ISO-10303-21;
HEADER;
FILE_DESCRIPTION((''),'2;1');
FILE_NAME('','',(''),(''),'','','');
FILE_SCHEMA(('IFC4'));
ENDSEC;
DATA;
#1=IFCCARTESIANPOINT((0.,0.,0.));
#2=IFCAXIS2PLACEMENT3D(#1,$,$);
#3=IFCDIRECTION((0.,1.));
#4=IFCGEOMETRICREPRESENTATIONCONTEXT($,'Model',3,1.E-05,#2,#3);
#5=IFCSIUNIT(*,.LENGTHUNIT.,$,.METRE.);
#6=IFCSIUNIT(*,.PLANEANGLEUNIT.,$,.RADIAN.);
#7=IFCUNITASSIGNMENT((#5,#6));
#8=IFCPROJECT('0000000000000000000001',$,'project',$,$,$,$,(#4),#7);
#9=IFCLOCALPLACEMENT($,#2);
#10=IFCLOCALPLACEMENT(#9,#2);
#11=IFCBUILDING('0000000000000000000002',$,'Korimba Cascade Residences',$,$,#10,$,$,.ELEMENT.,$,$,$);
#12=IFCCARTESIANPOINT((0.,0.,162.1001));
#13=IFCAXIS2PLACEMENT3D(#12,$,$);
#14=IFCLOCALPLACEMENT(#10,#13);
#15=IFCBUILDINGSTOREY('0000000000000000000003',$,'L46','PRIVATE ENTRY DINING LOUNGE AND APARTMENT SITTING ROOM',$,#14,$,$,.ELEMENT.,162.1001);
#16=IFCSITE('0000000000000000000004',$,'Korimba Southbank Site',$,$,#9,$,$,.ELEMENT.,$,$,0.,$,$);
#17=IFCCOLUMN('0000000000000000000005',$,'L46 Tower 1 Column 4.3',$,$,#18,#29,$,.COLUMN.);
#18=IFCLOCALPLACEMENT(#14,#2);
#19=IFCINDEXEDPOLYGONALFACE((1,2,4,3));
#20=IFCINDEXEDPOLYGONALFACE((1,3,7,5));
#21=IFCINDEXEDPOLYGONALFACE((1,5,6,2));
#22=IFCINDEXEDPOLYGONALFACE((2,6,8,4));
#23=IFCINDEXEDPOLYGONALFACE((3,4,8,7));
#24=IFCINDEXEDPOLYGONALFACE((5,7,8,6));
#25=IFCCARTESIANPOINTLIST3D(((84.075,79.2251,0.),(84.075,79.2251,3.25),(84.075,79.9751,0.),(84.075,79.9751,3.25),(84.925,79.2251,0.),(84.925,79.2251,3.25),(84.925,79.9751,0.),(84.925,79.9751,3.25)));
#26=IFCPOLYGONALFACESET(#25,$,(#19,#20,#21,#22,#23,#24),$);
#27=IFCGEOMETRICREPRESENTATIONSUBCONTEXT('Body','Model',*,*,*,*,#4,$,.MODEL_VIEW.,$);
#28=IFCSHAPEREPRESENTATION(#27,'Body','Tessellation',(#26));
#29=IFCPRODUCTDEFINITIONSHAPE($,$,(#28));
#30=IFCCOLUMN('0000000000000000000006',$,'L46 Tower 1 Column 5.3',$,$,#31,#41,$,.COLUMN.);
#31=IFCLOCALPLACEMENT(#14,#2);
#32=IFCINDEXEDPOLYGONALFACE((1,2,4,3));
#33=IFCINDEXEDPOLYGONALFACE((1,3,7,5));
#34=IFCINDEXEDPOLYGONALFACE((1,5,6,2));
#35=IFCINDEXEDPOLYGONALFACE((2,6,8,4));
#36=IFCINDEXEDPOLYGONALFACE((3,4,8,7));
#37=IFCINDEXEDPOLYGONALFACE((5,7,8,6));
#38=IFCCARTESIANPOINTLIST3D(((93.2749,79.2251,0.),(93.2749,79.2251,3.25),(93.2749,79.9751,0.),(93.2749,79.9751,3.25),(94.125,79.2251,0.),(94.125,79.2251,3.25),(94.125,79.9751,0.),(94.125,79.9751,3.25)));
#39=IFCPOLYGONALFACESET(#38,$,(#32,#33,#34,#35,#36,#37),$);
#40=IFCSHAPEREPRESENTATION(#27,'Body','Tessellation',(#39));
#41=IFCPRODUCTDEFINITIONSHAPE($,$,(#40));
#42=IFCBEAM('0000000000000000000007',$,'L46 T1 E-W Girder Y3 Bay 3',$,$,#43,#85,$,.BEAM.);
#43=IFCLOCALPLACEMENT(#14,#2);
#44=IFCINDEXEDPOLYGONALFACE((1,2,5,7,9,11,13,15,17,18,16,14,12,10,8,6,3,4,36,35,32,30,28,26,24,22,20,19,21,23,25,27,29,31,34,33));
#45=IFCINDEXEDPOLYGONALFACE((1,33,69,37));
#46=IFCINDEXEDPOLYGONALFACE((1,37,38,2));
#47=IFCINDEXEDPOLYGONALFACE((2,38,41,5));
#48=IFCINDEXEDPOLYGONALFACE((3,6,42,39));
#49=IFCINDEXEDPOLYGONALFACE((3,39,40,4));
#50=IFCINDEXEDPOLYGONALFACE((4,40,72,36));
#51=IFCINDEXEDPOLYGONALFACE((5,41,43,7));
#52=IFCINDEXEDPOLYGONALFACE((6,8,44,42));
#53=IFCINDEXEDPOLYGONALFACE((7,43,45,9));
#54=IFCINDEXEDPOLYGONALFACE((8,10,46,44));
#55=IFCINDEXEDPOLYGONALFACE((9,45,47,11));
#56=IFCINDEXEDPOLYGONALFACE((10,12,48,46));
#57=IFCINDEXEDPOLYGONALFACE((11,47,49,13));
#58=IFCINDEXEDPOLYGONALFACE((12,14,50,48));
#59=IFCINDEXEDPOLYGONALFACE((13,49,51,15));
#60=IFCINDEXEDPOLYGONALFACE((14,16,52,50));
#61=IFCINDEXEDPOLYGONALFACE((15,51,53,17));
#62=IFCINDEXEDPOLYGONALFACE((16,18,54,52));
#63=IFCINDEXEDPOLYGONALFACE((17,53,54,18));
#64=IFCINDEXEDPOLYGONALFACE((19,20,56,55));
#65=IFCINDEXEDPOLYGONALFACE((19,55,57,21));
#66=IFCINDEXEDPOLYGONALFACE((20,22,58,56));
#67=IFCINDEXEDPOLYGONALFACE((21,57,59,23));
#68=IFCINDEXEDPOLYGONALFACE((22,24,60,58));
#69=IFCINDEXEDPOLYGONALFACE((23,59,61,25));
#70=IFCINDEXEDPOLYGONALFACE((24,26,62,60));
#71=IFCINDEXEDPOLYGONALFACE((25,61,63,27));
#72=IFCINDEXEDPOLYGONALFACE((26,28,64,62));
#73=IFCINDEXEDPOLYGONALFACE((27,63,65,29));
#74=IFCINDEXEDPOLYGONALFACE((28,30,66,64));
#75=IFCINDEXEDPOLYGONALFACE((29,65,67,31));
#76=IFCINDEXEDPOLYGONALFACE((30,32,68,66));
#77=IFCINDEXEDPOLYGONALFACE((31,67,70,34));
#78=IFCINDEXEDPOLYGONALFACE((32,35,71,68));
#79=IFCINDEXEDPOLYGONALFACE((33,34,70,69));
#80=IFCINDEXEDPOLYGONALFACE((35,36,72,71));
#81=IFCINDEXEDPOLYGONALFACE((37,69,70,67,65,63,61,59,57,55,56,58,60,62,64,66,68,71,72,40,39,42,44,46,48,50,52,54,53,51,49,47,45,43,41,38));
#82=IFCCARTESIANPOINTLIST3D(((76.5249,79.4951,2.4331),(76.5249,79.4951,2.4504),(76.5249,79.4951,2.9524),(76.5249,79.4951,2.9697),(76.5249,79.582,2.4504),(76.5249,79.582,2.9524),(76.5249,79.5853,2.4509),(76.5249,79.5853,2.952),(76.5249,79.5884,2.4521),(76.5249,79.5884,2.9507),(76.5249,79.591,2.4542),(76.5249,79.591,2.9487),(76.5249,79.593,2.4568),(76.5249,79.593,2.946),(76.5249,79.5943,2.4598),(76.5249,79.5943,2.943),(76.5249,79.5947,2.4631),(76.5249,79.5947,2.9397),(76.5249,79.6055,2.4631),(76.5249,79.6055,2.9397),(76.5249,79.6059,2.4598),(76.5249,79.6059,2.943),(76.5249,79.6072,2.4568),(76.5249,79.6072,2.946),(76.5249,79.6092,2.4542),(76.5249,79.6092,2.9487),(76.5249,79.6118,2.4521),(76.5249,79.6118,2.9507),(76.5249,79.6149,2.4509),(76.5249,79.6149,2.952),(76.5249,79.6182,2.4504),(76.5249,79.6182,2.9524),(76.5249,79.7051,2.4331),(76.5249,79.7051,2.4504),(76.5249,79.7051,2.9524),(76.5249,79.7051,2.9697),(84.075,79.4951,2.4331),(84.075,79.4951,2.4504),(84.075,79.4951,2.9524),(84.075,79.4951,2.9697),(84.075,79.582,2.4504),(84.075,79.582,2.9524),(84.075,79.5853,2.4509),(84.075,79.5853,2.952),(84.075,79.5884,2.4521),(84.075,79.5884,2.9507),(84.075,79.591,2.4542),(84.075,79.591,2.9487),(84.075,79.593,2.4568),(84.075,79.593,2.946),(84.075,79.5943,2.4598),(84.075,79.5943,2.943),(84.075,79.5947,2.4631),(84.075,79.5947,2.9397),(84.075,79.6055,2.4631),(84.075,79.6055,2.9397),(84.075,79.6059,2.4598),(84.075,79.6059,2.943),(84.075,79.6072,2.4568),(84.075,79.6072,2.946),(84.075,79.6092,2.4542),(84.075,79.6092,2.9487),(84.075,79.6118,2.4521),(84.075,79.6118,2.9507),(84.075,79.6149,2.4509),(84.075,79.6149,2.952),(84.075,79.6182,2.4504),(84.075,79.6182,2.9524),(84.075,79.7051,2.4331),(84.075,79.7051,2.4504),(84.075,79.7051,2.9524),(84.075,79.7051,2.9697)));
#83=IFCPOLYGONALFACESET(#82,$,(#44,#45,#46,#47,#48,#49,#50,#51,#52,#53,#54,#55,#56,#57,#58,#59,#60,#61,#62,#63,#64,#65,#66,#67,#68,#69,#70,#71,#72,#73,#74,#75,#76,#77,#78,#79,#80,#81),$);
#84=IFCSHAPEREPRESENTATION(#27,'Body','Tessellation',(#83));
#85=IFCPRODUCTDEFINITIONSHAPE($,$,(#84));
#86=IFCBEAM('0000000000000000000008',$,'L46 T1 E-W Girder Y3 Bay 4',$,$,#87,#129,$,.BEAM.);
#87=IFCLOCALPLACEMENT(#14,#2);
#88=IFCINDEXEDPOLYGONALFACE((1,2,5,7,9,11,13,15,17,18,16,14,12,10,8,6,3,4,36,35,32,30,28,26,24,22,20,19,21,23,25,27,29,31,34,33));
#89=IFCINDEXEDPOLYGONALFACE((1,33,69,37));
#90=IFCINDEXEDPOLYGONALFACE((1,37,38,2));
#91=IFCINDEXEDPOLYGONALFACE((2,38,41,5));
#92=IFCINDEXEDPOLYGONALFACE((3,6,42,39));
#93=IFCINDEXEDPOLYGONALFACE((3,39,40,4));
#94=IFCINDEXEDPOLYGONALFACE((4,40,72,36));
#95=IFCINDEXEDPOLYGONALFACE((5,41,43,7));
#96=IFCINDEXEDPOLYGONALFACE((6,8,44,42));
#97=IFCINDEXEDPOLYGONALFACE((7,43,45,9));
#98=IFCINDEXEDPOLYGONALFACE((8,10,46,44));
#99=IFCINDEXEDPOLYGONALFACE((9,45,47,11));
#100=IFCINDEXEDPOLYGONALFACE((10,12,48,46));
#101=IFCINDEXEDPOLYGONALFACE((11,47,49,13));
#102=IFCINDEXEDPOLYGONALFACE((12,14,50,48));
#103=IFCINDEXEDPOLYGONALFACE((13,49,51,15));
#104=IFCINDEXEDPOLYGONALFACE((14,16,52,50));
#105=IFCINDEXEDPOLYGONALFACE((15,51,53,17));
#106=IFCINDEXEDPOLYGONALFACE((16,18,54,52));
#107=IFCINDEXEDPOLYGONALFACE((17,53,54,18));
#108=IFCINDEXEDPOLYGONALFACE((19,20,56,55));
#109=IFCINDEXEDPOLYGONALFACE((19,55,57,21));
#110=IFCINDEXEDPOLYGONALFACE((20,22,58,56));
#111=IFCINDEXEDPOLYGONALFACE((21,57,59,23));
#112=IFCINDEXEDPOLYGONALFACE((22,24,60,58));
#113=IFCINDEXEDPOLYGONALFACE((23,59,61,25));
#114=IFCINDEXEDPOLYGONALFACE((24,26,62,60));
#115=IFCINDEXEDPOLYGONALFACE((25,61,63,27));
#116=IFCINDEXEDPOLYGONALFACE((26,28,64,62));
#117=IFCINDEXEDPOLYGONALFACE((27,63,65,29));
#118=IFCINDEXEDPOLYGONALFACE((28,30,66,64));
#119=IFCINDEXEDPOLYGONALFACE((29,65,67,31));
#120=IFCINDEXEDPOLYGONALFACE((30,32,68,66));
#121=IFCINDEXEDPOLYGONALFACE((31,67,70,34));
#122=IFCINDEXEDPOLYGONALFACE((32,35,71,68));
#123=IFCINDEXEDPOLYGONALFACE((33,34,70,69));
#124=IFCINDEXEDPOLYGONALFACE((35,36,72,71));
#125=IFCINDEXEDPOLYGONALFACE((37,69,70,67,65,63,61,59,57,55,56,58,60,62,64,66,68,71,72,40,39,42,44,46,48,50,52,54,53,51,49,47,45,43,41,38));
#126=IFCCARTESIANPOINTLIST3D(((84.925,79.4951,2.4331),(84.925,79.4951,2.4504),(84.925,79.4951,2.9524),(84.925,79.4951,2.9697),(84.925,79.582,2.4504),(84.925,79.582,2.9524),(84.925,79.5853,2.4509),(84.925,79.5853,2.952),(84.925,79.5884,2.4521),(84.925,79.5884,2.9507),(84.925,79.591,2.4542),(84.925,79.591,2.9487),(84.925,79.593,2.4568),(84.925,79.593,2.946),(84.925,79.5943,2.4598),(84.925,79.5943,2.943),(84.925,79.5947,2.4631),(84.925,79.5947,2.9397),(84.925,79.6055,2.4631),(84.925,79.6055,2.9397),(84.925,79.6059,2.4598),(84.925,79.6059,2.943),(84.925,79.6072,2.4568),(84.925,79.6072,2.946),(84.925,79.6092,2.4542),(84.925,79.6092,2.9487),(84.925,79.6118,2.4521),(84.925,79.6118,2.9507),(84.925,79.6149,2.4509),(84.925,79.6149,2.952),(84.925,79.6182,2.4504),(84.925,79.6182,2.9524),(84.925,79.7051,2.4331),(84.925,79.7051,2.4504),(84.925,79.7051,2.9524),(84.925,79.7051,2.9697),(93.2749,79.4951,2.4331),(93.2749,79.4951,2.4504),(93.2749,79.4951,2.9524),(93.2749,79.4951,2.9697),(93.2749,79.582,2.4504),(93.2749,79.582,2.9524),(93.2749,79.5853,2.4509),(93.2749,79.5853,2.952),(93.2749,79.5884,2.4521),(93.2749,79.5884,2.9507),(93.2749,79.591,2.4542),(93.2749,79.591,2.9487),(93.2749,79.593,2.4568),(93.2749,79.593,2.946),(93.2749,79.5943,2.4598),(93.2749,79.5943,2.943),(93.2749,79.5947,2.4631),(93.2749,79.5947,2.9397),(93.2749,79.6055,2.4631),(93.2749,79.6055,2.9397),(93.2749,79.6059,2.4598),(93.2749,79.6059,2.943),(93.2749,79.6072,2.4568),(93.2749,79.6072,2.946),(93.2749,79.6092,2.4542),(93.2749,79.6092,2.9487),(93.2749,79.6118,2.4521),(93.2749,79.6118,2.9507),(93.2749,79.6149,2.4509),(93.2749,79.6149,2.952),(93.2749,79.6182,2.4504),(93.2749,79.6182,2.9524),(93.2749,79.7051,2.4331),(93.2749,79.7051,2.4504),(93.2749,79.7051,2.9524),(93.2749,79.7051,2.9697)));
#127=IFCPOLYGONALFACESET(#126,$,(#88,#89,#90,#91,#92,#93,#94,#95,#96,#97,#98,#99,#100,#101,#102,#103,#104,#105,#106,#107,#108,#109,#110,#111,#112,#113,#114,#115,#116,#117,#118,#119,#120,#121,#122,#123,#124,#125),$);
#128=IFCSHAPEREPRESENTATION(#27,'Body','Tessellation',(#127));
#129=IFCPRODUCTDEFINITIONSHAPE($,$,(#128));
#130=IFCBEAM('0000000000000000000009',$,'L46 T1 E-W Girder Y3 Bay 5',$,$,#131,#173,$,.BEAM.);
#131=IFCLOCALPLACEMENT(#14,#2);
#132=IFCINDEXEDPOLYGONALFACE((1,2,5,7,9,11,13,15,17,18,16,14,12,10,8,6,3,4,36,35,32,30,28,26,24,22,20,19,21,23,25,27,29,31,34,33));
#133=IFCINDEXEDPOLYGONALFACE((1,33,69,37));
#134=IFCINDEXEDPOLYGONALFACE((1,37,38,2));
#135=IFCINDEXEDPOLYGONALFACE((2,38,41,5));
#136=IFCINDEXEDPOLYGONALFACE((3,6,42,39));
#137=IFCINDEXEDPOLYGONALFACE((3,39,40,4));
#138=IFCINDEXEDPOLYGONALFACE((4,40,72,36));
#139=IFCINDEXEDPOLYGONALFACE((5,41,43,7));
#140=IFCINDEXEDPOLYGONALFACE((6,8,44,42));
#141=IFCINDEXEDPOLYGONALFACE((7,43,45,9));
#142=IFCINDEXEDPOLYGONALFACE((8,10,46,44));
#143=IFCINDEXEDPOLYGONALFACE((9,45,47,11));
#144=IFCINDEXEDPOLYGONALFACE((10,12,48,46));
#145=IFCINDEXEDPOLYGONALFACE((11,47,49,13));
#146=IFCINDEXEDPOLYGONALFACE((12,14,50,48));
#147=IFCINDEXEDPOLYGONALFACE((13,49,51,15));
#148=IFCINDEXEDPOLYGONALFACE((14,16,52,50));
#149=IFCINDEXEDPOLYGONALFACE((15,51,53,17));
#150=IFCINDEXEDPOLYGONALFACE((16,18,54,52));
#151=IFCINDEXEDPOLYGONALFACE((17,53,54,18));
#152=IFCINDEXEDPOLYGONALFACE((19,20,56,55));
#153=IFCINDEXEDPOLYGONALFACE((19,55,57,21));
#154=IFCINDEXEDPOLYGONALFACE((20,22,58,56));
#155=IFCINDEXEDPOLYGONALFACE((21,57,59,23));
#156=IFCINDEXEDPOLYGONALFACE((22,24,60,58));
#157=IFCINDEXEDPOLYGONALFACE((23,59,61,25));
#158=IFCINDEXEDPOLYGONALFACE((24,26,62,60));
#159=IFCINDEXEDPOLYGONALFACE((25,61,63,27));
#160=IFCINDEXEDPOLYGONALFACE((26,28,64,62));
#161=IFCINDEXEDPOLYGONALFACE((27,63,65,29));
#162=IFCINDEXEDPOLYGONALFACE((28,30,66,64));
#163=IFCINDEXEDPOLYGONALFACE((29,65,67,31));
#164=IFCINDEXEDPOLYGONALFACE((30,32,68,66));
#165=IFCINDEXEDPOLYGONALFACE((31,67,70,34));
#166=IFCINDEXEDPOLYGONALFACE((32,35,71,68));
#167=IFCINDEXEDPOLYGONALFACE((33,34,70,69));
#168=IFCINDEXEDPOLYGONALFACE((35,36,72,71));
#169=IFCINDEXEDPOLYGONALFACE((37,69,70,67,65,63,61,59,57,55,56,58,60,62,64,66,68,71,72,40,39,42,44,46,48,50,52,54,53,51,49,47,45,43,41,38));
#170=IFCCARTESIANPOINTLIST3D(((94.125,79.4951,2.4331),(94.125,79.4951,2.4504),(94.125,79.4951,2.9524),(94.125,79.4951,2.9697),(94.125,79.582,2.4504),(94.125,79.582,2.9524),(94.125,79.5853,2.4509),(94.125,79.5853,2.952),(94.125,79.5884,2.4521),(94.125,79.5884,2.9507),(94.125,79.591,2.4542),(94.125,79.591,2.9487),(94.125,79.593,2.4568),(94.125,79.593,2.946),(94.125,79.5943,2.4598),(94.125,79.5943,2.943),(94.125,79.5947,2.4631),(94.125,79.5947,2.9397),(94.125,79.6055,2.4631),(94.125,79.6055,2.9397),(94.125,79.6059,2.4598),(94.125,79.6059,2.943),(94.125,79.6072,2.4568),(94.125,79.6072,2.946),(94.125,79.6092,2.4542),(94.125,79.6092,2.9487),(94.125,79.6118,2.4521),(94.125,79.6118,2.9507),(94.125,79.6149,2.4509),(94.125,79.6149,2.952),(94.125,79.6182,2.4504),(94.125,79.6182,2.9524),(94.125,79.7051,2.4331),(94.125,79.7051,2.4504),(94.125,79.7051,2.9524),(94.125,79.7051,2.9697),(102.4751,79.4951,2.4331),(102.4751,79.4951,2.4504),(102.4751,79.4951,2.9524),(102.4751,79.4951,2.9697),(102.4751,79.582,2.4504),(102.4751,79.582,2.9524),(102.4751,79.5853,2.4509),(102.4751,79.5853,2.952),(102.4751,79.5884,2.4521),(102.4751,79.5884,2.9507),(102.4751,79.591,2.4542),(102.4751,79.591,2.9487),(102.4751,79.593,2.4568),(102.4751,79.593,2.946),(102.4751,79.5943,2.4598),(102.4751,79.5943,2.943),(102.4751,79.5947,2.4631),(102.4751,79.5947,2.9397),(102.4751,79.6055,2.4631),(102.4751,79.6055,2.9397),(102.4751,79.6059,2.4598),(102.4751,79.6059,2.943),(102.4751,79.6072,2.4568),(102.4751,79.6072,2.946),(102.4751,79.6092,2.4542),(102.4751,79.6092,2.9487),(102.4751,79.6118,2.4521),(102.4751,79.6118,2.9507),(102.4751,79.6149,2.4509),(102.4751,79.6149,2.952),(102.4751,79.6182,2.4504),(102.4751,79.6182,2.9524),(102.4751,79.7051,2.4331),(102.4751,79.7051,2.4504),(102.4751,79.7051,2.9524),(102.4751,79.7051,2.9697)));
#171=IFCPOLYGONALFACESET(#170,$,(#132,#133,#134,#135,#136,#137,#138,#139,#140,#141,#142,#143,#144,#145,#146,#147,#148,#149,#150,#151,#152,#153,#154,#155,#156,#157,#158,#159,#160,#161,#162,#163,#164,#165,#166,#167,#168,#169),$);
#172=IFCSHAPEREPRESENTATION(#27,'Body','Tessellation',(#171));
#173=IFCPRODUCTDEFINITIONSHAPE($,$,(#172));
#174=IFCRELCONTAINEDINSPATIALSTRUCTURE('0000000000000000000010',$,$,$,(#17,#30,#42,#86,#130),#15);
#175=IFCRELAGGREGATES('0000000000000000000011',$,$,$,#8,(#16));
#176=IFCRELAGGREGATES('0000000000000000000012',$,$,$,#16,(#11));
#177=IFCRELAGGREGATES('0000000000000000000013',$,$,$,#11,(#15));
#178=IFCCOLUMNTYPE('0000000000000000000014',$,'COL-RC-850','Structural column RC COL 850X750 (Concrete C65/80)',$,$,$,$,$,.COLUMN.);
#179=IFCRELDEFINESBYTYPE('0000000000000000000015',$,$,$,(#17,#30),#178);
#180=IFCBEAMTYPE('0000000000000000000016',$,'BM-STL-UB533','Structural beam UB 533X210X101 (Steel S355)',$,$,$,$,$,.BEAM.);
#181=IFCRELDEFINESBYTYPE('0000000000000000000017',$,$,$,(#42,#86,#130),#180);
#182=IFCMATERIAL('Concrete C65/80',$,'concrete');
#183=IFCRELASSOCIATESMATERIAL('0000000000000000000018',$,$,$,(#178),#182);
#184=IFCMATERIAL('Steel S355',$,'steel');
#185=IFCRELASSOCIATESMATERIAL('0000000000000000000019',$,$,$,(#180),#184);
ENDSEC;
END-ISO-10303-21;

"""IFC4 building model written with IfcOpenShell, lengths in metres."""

from ifc_helpers import new_model, si_unit, direction, frame, origin, origin_2d, place, context, subcontext, project, spatial, rectangle, i_section, extrude, material, material_profile, profile_set, type_object, element, save


model = new_model("IFC4")

# Units and contexts
model_context = context("Model", 3, precision=1e-05, world=origin(), true_north=direction((0.0, 1.0)))
body_context = subcontext(model_context, "Body", "Model", "MODEL_VIEW")
ifc_project = project(units=[si_unit("LENGTHUNIT", "METRE"), si_unit("PLANEANGLEUNIT", "RADIAN")], contexts=[model_context])

# Site, building, storey
site_placement = place(None, origin())
site = spatial("IfcSite", under=ifc_project, at=site_placement, Name="Korimba Southbank Site", CompositionType="ELEMENT", RefElevation=0.0)
building_placement = place(site_placement, origin())
building = spatial("IfcBuilding", under=site, at=building_placement, Name="Korimba Cascade Residences", CompositionType="ELEMENT")
storey_placement = place(building_placement, frame((0.0, 0.0, 162.1001)))
storey = spatial("IfcBuildingStorey", under=building, at=storey_placement, Name="L46", Description="PRIVATE ENTRY DINING LOUNGE AND APARTMENT SITTING ROOM", CompositionType="ELEMENT", Elevation=162.1001)

# Columns
ifc_material_1 = material(Name="Concrete C65/80", Category="concrete")
ifc_material_profile_1 = material_profile(ifc_material_1, rectangle(XDim=0.8501, YDim=0.75, at=origin_2d()), Name="Concrete C65/80")
ifc_profile_set_1 = profile_set([ifc_material_profile_1], Name="Concrete C65/80")
column_type = type_object("IfcColumnType", Name="COL-RC-850", Description="Structural column RC COL 850X750 (Concrete C65/80)", PredefinedType="COLUMN", material=ifc_profile_set_1)
for number, where, z_axis, x_axis, name in (
    (1, (84.5, 79.6001, 0.0), (0.0, 0.0, 1.0), (1.0, 0.0, 0.0), "L46 Tower 1 Column 4.3"),
    (2, (93.7, 79.6001, 0.0), (0.0, 0.0, 1.0), (1.0, 0.0, 0.0), "L46 Tower 1 Column 5.3"),
):
    element("IfcColumn", number, at=place(storey_placement, frame(where, z_axis=z_axis, x_axis=x_axis)), inside=storey, type_object=column_type, Name=name, PredefinedType="COLUMN", context=body_context, shape_type="SweptSolid", body=[
        extrude(rectangle(XDim=0.8501, YDim=0.75, at=origin_2d()), origin(), (0.0, 0.0, 1.0), 3.25),
    ])

# Beams
ifc_material_2 = material(Name="Steel S355", Category="steel")
ifc_material_profile_2 = material_profile(ifc_material_2, i_section(OverallWidth=0.21, OverallDepth=0.5366, WebThickness=0.0107, FlangeThickness=0.0173, FilletRadius=0.0127, at=origin_2d()), Name="Steel S355")
ifc_profile_set_2 = profile_set([ifc_material_profile_2], Name="Steel S355")
beam_type_1 = type_object("IfcBeamType", Name="BM-STL-UB533", Description="Structural beam UB 533X210X101 (Steel S355)", PredefinedType="BEAM", material=ifc_profile_set_2)
beam_1_placement = place(storey_placement, frame((76.5249, 79.6001, 2.7014), z_axis=(1.0, 0.0, 0.0), x_axis=(0.0, 1.0, 0.0)))
element("IfcBeam", 3, at=beam_1_placement, inside=storey, type_object=beam_type_1, Name="L46 T1 E-W Girder Y3 Bay 3", PredefinedType="BEAM", context=body_context, shape_type="SweptSolid", body=[
    extrude(i_section(OverallWidth=0.21, OverallDepth=0.5366, WebThickness=0.0107, FlangeThickness=0.0173, FilletRadius=0.0127, at=origin_2d()), origin(), (0.0, 0.0, 1.0), 7.55),
])
beam_2_placement = place(storey_placement, frame((84.925, 79.6001, 2.7014), z_axis=(1.0, 0.0, 0.0), x_axis=(0.0, 1.0, 0.0)))
element("IfcBeam", 4, at=beam_2_placement, inside=storey, type_object=beam_type_1, Name="L46 T1 E-W Girder Y3 Bay 4", PredefinedType="BEAM", context=body_context, shape_type="SweptSolid", body=[
    extrude(i_section(OverallWidth=0.21, OverallDepth=0.5366, WebThickness=0.0107, FlangeThickness=0.0173, FilletRadius=0.0127, at=origin_2d()), origin(), (0.0, 0.0, 1.0), 8.3499),
])
beam_3_placement = place(storey_placement, frame((94.125, 79.6001, 2.7014), z_axis=(1.0, 0.0, 0.0), x_axis=(0.0, 1.0, 0.0)))
element("IfcBeam", 5, at=beam_3_placement, inside=storey, type_object=beam_type_1, Name="L46 T1 E-W Girder Y3 Bay 5", PredefinedType="BEAM", context=body_context, shape_type="SweptSolid", body=[
    extrude(i_section(OverallWidth=0.21, OverallDepth=0.5366, WebThickness=0.0107, FlangeThickness=0.0173, FilletRadius=0.0127, at=origin_2d()), origin(), (0.0, 0.0, 1.0), 8.3501),
])

save(model, "model.ifc")
